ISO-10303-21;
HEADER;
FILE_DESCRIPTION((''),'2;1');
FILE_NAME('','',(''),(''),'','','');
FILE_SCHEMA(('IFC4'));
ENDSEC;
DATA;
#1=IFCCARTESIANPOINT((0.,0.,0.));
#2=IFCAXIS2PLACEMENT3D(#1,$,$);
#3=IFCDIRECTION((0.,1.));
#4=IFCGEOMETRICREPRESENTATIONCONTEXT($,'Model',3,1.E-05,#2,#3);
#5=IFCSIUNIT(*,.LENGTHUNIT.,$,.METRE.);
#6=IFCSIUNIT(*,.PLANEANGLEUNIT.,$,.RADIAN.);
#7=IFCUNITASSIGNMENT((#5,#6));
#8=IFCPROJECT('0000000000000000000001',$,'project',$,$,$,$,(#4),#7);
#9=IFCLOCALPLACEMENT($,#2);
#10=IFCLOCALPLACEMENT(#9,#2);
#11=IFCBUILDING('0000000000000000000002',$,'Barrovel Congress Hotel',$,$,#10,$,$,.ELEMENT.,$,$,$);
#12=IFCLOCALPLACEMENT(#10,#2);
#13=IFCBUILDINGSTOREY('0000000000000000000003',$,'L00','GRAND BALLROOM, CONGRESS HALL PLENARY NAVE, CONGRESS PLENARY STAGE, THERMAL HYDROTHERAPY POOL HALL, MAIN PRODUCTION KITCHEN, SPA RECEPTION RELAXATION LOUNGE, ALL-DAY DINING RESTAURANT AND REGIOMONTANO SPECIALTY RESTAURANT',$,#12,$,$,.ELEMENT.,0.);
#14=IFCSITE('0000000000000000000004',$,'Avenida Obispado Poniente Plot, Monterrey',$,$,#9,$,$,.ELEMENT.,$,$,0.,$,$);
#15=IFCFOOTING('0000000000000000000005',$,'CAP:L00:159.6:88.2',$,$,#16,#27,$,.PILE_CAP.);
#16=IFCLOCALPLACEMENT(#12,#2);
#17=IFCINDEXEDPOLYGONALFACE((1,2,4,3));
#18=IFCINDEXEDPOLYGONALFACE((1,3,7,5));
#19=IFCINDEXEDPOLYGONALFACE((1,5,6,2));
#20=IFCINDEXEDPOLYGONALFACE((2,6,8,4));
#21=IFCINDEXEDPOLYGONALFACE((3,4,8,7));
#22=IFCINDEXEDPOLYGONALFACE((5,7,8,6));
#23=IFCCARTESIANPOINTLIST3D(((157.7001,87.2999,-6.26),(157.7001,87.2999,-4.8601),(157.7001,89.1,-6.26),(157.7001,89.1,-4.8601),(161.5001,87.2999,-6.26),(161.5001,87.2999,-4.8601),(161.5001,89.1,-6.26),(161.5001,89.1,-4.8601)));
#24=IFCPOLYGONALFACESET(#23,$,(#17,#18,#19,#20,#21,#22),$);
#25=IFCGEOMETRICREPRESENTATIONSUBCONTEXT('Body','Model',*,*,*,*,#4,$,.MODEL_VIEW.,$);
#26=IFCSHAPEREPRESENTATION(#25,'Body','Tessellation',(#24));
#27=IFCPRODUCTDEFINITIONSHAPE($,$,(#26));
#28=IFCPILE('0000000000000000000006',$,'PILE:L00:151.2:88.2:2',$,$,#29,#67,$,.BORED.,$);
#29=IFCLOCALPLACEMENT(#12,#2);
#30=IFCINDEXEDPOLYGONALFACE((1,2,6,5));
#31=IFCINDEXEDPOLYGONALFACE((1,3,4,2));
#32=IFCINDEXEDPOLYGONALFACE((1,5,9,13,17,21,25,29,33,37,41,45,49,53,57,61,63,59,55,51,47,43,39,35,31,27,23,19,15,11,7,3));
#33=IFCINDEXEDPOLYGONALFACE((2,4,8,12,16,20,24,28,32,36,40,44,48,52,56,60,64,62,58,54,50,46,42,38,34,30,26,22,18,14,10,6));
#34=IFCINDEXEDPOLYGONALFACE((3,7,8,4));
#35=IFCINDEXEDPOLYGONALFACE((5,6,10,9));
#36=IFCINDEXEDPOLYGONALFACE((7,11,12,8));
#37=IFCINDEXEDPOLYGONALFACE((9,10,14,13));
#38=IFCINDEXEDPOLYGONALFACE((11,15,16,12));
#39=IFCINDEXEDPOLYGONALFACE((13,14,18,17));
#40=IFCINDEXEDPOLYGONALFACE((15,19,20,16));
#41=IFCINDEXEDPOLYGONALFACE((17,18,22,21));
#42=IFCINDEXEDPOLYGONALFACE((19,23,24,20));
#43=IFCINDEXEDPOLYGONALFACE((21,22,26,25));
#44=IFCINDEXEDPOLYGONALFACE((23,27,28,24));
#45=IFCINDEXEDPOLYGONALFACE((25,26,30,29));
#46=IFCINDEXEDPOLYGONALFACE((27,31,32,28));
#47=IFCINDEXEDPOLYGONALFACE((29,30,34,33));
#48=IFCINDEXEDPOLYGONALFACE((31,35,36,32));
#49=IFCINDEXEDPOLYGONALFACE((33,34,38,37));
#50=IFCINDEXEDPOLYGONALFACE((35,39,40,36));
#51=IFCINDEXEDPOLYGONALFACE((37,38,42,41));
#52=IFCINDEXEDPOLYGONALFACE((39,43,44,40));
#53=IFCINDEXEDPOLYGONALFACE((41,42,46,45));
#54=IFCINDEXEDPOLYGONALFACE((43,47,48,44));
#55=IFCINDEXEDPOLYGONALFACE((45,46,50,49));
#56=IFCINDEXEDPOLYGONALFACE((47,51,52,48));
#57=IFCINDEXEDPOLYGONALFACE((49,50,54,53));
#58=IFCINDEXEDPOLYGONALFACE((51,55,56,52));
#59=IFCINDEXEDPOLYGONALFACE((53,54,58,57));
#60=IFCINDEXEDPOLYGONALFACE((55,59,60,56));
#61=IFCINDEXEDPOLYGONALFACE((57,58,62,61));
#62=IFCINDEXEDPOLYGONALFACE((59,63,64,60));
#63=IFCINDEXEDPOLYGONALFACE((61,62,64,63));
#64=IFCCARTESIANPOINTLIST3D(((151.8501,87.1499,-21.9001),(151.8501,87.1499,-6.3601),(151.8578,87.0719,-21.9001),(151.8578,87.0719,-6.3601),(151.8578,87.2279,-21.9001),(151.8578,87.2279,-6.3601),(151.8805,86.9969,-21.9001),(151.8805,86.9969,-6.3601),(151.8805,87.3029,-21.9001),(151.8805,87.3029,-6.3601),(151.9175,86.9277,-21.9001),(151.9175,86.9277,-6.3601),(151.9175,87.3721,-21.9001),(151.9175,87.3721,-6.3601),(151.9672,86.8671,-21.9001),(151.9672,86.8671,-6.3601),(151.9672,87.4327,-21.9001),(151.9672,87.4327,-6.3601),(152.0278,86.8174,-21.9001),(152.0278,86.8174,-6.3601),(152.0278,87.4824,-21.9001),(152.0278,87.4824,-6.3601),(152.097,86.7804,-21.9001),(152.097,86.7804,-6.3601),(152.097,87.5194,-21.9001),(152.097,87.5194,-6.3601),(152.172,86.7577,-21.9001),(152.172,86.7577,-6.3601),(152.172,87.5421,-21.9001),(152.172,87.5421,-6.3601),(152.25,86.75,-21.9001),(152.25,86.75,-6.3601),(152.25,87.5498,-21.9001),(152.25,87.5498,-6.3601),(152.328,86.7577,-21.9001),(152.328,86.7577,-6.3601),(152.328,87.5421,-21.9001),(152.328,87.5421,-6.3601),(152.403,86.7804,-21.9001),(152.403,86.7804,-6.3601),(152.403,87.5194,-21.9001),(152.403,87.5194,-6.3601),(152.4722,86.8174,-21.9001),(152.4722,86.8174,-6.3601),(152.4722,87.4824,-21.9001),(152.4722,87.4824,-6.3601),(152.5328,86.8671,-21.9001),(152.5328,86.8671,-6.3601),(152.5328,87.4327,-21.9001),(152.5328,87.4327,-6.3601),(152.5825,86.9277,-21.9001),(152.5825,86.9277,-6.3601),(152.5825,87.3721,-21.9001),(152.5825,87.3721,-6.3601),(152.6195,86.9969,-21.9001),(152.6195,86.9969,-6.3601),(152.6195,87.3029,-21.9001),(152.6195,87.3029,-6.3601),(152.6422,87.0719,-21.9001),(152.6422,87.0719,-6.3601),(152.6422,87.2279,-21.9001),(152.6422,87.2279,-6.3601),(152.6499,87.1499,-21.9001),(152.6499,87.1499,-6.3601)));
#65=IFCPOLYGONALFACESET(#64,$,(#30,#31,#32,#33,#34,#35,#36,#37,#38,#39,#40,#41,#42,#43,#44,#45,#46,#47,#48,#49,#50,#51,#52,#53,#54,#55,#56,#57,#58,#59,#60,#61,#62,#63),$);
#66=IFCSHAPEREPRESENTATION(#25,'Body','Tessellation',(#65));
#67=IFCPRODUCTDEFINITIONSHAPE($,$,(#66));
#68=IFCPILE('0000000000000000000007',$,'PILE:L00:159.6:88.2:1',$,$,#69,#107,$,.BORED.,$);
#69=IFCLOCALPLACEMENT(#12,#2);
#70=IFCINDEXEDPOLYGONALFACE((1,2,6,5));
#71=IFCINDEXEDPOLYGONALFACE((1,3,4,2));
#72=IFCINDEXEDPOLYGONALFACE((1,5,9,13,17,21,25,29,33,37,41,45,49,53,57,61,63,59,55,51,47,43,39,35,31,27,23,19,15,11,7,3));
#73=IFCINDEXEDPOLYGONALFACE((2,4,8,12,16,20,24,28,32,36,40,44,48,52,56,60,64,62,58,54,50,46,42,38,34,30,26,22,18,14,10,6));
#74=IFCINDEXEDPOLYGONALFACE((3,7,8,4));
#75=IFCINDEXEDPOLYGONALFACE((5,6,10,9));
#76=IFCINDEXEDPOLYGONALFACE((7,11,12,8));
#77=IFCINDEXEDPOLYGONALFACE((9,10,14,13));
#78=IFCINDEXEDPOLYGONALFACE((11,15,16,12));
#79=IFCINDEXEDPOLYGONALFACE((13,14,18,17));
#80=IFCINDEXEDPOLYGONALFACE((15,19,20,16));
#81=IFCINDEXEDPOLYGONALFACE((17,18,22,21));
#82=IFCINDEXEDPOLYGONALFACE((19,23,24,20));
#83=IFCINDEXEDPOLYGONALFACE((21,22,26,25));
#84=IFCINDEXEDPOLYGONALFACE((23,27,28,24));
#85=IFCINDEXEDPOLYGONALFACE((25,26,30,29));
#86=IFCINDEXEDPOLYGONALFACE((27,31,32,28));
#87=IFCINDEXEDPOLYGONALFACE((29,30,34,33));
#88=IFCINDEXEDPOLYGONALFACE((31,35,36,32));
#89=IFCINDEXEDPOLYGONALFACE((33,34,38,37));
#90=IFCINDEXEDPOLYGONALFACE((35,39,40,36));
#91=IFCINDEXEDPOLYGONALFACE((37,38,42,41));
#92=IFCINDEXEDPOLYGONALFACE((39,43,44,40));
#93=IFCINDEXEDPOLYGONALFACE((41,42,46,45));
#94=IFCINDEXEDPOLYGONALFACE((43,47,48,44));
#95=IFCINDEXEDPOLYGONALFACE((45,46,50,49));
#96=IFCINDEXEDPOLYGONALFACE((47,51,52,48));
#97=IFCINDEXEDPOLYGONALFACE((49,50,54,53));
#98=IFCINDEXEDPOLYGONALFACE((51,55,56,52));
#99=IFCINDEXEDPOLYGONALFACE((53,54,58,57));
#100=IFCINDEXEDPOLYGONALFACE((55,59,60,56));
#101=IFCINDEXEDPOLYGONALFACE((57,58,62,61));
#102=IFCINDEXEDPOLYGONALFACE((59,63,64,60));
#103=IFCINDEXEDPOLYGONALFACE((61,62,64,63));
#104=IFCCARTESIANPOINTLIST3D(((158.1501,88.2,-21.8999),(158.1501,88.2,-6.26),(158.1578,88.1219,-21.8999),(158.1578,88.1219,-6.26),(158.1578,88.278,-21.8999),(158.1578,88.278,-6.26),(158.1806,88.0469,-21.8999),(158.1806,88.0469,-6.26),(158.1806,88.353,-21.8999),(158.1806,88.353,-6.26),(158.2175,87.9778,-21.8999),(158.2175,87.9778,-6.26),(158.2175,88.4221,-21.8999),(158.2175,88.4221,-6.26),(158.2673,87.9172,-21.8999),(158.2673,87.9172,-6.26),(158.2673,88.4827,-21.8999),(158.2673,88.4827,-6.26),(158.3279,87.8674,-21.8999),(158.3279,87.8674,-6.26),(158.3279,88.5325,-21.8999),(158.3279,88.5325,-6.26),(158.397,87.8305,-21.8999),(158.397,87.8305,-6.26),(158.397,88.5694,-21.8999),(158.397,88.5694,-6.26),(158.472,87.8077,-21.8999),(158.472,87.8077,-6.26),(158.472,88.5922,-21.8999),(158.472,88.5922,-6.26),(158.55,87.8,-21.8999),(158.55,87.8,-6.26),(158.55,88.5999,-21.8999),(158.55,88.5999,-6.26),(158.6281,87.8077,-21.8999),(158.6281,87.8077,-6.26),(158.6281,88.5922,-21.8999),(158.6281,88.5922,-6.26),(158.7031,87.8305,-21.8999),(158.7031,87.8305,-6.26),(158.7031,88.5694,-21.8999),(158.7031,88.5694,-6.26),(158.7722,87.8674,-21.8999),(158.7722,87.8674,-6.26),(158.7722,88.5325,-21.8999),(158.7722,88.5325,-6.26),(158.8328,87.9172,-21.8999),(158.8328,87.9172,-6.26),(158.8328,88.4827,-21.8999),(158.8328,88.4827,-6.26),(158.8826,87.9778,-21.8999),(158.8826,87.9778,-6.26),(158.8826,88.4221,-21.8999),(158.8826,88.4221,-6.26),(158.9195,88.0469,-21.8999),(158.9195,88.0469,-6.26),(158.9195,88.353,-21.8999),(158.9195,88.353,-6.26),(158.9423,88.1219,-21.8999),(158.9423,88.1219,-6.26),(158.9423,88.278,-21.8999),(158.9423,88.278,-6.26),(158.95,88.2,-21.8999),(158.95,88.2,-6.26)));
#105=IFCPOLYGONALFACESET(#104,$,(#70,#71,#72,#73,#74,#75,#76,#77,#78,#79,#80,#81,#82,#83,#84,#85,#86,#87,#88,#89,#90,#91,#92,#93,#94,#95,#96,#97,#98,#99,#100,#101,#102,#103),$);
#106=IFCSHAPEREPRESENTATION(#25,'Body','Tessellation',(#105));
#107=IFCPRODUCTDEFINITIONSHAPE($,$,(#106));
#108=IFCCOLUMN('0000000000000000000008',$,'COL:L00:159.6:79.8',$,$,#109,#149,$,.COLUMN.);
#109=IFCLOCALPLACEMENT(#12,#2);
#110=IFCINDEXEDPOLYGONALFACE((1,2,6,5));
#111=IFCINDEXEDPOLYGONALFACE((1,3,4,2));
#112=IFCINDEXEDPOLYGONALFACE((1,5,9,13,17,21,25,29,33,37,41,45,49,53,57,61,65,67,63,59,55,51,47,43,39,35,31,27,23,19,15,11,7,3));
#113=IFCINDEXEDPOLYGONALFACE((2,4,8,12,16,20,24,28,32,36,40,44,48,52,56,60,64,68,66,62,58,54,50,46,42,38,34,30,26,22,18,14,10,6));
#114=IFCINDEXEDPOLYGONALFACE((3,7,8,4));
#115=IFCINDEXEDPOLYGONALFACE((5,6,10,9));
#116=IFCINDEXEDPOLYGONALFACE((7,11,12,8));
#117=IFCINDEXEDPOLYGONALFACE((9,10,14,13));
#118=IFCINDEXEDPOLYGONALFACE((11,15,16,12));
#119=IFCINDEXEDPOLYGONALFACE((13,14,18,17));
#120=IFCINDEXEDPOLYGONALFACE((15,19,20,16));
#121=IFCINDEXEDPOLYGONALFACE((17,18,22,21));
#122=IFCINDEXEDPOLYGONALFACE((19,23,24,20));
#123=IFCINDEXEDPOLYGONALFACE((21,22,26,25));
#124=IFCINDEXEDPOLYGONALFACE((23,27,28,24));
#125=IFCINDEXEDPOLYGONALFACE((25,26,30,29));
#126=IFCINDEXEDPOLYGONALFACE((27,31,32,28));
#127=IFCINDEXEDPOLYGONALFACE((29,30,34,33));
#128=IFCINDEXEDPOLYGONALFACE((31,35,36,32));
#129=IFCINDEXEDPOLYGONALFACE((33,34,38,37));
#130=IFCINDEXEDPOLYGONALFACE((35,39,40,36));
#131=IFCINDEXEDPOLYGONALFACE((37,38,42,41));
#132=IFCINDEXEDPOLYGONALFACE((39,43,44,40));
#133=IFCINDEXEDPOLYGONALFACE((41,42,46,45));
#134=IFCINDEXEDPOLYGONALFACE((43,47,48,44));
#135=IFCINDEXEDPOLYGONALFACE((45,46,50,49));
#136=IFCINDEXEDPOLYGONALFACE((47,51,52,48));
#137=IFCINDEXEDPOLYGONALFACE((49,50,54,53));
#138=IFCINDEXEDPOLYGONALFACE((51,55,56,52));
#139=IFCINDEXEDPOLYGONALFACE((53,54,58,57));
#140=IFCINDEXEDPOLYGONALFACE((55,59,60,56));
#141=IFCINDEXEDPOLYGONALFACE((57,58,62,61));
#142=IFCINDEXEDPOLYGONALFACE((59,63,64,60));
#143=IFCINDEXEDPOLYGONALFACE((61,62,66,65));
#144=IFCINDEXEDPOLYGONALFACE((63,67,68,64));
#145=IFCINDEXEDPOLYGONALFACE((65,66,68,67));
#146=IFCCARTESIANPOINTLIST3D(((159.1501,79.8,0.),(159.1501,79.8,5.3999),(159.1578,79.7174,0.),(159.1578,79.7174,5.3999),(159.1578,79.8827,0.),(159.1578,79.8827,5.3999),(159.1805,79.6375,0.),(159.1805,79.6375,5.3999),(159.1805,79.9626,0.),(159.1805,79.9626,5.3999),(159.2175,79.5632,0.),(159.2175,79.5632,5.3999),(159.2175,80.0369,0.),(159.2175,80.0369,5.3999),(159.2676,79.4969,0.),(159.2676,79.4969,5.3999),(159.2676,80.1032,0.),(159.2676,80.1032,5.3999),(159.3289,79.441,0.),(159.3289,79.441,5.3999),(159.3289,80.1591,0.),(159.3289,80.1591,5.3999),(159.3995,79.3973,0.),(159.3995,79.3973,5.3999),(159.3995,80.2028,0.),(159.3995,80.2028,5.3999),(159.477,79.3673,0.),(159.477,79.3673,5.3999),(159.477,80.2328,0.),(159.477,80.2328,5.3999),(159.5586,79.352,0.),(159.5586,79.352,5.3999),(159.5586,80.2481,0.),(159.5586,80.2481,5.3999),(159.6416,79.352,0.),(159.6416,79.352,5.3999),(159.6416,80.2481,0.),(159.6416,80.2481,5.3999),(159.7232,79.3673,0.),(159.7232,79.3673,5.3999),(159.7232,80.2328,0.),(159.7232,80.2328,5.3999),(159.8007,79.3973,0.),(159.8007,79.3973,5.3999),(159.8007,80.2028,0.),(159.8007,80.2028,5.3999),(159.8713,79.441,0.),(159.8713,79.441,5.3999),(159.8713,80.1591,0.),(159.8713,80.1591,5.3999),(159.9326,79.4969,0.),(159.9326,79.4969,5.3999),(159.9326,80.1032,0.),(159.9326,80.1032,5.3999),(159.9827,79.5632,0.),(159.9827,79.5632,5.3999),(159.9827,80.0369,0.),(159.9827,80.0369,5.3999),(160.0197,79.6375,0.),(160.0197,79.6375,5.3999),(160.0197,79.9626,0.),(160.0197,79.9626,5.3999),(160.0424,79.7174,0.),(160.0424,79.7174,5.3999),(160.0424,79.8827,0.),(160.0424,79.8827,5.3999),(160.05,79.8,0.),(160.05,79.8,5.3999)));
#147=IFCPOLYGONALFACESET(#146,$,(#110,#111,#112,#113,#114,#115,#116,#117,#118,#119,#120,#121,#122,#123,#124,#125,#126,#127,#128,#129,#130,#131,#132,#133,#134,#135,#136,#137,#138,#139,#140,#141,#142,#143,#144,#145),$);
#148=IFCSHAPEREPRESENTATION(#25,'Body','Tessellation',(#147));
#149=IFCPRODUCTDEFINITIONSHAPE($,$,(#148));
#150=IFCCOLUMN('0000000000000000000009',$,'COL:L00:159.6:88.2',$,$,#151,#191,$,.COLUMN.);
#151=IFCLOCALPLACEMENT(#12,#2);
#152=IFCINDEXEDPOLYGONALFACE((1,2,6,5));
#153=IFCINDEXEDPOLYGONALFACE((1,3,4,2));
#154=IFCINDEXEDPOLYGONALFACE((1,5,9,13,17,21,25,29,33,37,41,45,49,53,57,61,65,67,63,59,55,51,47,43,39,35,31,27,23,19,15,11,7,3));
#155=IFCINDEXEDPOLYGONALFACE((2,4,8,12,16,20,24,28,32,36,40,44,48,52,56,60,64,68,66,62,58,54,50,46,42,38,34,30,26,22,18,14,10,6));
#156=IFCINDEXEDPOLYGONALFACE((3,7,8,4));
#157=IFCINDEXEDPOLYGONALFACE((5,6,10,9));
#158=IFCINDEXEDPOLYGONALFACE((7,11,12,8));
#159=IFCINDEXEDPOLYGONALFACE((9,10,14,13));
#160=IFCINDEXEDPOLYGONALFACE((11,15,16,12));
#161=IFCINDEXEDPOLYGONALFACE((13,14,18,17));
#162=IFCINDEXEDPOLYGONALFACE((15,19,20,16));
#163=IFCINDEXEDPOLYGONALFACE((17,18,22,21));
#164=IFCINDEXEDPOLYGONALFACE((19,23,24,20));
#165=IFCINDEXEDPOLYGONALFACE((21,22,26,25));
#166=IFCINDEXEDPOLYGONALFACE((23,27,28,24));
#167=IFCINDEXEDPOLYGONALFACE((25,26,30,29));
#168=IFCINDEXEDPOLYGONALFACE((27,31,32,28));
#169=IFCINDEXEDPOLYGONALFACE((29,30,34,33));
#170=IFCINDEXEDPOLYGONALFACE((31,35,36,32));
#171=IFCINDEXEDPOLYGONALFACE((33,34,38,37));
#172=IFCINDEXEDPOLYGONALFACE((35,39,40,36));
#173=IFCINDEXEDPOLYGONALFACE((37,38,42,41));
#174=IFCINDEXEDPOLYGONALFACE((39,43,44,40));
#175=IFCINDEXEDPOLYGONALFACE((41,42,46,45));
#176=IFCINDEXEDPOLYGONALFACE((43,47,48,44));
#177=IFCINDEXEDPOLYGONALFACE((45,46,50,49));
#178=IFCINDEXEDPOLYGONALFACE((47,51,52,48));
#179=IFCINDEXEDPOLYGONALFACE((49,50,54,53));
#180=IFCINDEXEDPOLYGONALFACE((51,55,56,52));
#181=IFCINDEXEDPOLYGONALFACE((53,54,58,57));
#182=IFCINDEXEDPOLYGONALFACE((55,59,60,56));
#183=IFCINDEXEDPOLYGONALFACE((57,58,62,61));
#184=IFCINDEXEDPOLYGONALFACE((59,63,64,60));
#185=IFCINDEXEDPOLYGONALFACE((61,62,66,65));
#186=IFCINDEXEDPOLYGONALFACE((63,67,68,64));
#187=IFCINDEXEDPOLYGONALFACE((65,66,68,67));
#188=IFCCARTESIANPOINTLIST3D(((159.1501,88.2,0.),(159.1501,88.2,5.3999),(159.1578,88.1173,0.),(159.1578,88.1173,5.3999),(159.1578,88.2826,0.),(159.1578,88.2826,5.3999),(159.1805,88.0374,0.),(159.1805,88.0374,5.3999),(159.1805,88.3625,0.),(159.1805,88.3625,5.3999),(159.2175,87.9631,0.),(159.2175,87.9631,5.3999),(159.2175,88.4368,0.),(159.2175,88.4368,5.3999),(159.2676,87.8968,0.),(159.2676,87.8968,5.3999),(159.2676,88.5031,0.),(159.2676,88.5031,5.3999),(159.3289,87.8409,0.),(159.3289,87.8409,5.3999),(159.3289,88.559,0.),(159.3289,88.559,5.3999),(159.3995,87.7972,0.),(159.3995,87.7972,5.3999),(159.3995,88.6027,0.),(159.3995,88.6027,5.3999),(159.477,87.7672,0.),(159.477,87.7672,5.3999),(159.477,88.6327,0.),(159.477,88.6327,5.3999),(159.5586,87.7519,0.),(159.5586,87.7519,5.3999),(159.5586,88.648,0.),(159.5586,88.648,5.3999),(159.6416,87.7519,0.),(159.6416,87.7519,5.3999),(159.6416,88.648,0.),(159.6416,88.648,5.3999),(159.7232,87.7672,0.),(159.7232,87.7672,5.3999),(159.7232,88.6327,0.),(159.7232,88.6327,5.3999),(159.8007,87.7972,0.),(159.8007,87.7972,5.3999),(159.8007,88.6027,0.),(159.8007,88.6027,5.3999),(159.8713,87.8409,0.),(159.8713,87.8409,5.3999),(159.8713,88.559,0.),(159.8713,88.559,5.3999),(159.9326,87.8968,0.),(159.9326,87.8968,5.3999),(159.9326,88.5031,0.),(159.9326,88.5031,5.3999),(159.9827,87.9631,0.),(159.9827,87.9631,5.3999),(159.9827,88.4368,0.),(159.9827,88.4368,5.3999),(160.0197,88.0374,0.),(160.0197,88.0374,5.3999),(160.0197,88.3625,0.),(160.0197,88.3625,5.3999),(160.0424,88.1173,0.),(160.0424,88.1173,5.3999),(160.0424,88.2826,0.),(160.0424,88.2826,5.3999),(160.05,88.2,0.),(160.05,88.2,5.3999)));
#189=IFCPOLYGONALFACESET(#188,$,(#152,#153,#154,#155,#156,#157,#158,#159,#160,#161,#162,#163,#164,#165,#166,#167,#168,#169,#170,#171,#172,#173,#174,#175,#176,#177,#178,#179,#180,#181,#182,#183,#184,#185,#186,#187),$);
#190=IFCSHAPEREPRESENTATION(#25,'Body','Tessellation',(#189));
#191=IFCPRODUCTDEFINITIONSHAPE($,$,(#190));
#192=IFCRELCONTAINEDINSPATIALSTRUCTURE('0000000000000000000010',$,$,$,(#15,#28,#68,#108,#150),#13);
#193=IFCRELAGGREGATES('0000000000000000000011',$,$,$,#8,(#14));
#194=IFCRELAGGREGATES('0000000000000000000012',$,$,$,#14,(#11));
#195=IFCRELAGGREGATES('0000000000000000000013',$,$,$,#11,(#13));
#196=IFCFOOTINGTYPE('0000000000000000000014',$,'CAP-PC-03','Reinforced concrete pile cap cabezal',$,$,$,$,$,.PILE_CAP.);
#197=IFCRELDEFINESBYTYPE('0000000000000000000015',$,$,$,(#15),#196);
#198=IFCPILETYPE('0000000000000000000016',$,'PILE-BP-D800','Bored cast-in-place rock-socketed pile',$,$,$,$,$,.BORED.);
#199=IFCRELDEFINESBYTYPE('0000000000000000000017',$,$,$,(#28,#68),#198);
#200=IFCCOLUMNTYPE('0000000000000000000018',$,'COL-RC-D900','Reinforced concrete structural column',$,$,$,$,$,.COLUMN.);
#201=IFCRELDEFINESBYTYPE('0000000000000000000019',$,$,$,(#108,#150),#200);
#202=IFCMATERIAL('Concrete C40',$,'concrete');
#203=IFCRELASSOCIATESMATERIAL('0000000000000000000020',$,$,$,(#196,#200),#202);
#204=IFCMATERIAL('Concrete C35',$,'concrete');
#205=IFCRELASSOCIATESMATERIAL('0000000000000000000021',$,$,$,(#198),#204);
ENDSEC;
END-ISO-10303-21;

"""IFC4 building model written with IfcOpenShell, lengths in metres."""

from ifc_helpers import new_model, si_unit, direction, frame, origin, origin_2d, place, context, subcontext, project, spatial, rectangle, circle, extrude, material, material_profile, profile_set, type_object, element, save


model = new_model("IFC4")

# Units and contexts
model_context = context("Model", 3, precision=1e-05, world=origin(), true_north=direction((0.0, 1.0)))
body_context = subcontext(model_context, "Body", "Model", "MODEL_VIEW")
ifc_project = project(units=[si_unit("LENGTHUNIT", "METRE"), si_unit("PLANEANGLEUNIT", "RADIAN")], contexts=[model_context])

# Site, building, storey
site_placement = place(None, origin())
site = spatial("IfcSite", under=ifc_project, at=site_placement, Name="Avenida Obispado Poniente Plot, Monterrey", CompositionType="ELEMENT", RefElevation=0.0)
building_placement = place(site_placement, origin())
building = spatial("IfcBuilding", under=site, at=building_placement, Name="Barrovel Congress Hotel", CompositionType="ELEMENT")
storey_placement = place(building_placement, origin())
storey = spatial("IfcBuildingStorey", under=building, at=storey_placement, Name="L00", Description="GRAND BALLROOM, CONGRESS HALL PLENARY NAVE, CONGRESS PLENARY STAGE, THERMAL HYDROTHERAPY POOL HALL, MAIN PRODUCTION KITCHEN, SPA RECEPTION RELAXATION LOUNGE, ALL-DAY DINING RESTAURANT AND REGIOMONTANO SPECIALTY RESTAURANT", CompositionType="ELEMENT", Elevation=0.0)

# Footing
ifc_material_1 = material(Name="Concrete C40", Category="concrete")
footing_type = type_object("IfcFootingType", Name="CAP-PC-03", Description="Reinforced concrete pile cap cabezal", PredefinedType="PILE_CAP", material=ifc_material_1)
footing_placement = place(storey_placement, frame((159.6001, 88.2, -6.26), z_axis=(0.0, 0.0, 1.0), x_axis=(1.0, 0.0, 0.0)))
element("IfcFooting", 1, at=footing_placement, inside=storey, type_object=footing_type, Name="CAP:L00:159.6:88.2", PredefinedType="PILE_CAP", context=body_context, shape_type="SweptSolid", body=[
    extrude(rectangle(XDim=3.8, YDim=1.8, at=origin_2d()), origin(), (0.0, 0.0, 1.0), 1.3999),
])

# Piles
ifc_material_2 = material(Name="Concrete C35", Category="concrete")
ifc_material_profile_1 = material_profile(ifc_material_2, circle(Radius=0.3999, at=origin_2d()), Name="BP-D800")
ifc_profile_set_1 = profile_set([ifc_material_profile_1], Name="Concrete C35")
pile_type = type_object("IfcPileType", Name="PILE-BP-D800", Description="Bored cast-in-place rock-socketed pile", PredefinedType="BORED", material=ifc_profile_set_1)
pile_1_placement = place(storey_placement, frame((152.25, 87.1499, -6.3601), z_axis=(0.0, 0.0, -1.0), x_axis=(1.0, 0.0, 0.0)))
element("IfcPile", 2, at=pile_1_placement, inside=storey, type_object=pile_type, Name="PILE:L00:151.2:88.2:2", PredefinedType="BORED", context=body_context, shape_type="SweptSolid", body=[
    extrude(circle(Radius=0.3999, at=origin_2d()), origin(), (0.0, 0.0, 1.0), 15.54),
])
pile_2_placement = place(storey_placement, frame((158.55, 88.2, -6.26), z_axis=(0.0, 0.0, -1.0), x_axis=(1.0, 0.0, 0.0)))
element("IfcPile", 3, at=pile_2_placement, inside=storey, type_object=pile_type, Name="PILE:L00:159.6:88.2:1", PredefinedType="BORED", context=body_context, shape_type="SweptSolid", body=[
    extrude(circle(Radius=0.3999, at=origin_2d()), origin(), (0.0, 0.0, 1.0), 15.6399),
])

# Columns
ifc_material_profile_2 = material_profile(ifc_material_1, circle(Radius=0.45, at=origin_2d()), Name="RC-D900")
ifc_profile_set_2 = profile_set([ifc_material_profile_2], Name="Concrete C40")
column_type = type_object("IfcColumnType", Name="COL-RC-D900", Description="Reinforced concrete structural column", PredefinedType="COLUMN", material=ifc_profile_set_2)
for number, where, z_axis, x_axis, name in (
    (4, (159.6001, 79.8, 0.0), (0.0, 0.0, 1.0), (1.0, 0.0, 0.0), "COL:L00:159.6:79.8"),
    (5, (159.6001, 88.2, 0.0), (0.0, 0.0, 1.0), (1.0, 0.0, 0.0), "COL:L00:159.6:88.2"),
):
    element("IfcColumn", number, at=place(storey_placement, frame(where, z_axis=z_axis, x_axis=x_axis)), inside=storey, type_object=column_type, Name=name, PredefinedType="COLUMN", context=body_context, shape_type="SweptSolid", body=[
        extrude(circle(Radius=0.45, at=origin_2d()), origin(), (0.0, 0.0, 1.0), 5.3999),
    ])

save(model, "model.ifc")
